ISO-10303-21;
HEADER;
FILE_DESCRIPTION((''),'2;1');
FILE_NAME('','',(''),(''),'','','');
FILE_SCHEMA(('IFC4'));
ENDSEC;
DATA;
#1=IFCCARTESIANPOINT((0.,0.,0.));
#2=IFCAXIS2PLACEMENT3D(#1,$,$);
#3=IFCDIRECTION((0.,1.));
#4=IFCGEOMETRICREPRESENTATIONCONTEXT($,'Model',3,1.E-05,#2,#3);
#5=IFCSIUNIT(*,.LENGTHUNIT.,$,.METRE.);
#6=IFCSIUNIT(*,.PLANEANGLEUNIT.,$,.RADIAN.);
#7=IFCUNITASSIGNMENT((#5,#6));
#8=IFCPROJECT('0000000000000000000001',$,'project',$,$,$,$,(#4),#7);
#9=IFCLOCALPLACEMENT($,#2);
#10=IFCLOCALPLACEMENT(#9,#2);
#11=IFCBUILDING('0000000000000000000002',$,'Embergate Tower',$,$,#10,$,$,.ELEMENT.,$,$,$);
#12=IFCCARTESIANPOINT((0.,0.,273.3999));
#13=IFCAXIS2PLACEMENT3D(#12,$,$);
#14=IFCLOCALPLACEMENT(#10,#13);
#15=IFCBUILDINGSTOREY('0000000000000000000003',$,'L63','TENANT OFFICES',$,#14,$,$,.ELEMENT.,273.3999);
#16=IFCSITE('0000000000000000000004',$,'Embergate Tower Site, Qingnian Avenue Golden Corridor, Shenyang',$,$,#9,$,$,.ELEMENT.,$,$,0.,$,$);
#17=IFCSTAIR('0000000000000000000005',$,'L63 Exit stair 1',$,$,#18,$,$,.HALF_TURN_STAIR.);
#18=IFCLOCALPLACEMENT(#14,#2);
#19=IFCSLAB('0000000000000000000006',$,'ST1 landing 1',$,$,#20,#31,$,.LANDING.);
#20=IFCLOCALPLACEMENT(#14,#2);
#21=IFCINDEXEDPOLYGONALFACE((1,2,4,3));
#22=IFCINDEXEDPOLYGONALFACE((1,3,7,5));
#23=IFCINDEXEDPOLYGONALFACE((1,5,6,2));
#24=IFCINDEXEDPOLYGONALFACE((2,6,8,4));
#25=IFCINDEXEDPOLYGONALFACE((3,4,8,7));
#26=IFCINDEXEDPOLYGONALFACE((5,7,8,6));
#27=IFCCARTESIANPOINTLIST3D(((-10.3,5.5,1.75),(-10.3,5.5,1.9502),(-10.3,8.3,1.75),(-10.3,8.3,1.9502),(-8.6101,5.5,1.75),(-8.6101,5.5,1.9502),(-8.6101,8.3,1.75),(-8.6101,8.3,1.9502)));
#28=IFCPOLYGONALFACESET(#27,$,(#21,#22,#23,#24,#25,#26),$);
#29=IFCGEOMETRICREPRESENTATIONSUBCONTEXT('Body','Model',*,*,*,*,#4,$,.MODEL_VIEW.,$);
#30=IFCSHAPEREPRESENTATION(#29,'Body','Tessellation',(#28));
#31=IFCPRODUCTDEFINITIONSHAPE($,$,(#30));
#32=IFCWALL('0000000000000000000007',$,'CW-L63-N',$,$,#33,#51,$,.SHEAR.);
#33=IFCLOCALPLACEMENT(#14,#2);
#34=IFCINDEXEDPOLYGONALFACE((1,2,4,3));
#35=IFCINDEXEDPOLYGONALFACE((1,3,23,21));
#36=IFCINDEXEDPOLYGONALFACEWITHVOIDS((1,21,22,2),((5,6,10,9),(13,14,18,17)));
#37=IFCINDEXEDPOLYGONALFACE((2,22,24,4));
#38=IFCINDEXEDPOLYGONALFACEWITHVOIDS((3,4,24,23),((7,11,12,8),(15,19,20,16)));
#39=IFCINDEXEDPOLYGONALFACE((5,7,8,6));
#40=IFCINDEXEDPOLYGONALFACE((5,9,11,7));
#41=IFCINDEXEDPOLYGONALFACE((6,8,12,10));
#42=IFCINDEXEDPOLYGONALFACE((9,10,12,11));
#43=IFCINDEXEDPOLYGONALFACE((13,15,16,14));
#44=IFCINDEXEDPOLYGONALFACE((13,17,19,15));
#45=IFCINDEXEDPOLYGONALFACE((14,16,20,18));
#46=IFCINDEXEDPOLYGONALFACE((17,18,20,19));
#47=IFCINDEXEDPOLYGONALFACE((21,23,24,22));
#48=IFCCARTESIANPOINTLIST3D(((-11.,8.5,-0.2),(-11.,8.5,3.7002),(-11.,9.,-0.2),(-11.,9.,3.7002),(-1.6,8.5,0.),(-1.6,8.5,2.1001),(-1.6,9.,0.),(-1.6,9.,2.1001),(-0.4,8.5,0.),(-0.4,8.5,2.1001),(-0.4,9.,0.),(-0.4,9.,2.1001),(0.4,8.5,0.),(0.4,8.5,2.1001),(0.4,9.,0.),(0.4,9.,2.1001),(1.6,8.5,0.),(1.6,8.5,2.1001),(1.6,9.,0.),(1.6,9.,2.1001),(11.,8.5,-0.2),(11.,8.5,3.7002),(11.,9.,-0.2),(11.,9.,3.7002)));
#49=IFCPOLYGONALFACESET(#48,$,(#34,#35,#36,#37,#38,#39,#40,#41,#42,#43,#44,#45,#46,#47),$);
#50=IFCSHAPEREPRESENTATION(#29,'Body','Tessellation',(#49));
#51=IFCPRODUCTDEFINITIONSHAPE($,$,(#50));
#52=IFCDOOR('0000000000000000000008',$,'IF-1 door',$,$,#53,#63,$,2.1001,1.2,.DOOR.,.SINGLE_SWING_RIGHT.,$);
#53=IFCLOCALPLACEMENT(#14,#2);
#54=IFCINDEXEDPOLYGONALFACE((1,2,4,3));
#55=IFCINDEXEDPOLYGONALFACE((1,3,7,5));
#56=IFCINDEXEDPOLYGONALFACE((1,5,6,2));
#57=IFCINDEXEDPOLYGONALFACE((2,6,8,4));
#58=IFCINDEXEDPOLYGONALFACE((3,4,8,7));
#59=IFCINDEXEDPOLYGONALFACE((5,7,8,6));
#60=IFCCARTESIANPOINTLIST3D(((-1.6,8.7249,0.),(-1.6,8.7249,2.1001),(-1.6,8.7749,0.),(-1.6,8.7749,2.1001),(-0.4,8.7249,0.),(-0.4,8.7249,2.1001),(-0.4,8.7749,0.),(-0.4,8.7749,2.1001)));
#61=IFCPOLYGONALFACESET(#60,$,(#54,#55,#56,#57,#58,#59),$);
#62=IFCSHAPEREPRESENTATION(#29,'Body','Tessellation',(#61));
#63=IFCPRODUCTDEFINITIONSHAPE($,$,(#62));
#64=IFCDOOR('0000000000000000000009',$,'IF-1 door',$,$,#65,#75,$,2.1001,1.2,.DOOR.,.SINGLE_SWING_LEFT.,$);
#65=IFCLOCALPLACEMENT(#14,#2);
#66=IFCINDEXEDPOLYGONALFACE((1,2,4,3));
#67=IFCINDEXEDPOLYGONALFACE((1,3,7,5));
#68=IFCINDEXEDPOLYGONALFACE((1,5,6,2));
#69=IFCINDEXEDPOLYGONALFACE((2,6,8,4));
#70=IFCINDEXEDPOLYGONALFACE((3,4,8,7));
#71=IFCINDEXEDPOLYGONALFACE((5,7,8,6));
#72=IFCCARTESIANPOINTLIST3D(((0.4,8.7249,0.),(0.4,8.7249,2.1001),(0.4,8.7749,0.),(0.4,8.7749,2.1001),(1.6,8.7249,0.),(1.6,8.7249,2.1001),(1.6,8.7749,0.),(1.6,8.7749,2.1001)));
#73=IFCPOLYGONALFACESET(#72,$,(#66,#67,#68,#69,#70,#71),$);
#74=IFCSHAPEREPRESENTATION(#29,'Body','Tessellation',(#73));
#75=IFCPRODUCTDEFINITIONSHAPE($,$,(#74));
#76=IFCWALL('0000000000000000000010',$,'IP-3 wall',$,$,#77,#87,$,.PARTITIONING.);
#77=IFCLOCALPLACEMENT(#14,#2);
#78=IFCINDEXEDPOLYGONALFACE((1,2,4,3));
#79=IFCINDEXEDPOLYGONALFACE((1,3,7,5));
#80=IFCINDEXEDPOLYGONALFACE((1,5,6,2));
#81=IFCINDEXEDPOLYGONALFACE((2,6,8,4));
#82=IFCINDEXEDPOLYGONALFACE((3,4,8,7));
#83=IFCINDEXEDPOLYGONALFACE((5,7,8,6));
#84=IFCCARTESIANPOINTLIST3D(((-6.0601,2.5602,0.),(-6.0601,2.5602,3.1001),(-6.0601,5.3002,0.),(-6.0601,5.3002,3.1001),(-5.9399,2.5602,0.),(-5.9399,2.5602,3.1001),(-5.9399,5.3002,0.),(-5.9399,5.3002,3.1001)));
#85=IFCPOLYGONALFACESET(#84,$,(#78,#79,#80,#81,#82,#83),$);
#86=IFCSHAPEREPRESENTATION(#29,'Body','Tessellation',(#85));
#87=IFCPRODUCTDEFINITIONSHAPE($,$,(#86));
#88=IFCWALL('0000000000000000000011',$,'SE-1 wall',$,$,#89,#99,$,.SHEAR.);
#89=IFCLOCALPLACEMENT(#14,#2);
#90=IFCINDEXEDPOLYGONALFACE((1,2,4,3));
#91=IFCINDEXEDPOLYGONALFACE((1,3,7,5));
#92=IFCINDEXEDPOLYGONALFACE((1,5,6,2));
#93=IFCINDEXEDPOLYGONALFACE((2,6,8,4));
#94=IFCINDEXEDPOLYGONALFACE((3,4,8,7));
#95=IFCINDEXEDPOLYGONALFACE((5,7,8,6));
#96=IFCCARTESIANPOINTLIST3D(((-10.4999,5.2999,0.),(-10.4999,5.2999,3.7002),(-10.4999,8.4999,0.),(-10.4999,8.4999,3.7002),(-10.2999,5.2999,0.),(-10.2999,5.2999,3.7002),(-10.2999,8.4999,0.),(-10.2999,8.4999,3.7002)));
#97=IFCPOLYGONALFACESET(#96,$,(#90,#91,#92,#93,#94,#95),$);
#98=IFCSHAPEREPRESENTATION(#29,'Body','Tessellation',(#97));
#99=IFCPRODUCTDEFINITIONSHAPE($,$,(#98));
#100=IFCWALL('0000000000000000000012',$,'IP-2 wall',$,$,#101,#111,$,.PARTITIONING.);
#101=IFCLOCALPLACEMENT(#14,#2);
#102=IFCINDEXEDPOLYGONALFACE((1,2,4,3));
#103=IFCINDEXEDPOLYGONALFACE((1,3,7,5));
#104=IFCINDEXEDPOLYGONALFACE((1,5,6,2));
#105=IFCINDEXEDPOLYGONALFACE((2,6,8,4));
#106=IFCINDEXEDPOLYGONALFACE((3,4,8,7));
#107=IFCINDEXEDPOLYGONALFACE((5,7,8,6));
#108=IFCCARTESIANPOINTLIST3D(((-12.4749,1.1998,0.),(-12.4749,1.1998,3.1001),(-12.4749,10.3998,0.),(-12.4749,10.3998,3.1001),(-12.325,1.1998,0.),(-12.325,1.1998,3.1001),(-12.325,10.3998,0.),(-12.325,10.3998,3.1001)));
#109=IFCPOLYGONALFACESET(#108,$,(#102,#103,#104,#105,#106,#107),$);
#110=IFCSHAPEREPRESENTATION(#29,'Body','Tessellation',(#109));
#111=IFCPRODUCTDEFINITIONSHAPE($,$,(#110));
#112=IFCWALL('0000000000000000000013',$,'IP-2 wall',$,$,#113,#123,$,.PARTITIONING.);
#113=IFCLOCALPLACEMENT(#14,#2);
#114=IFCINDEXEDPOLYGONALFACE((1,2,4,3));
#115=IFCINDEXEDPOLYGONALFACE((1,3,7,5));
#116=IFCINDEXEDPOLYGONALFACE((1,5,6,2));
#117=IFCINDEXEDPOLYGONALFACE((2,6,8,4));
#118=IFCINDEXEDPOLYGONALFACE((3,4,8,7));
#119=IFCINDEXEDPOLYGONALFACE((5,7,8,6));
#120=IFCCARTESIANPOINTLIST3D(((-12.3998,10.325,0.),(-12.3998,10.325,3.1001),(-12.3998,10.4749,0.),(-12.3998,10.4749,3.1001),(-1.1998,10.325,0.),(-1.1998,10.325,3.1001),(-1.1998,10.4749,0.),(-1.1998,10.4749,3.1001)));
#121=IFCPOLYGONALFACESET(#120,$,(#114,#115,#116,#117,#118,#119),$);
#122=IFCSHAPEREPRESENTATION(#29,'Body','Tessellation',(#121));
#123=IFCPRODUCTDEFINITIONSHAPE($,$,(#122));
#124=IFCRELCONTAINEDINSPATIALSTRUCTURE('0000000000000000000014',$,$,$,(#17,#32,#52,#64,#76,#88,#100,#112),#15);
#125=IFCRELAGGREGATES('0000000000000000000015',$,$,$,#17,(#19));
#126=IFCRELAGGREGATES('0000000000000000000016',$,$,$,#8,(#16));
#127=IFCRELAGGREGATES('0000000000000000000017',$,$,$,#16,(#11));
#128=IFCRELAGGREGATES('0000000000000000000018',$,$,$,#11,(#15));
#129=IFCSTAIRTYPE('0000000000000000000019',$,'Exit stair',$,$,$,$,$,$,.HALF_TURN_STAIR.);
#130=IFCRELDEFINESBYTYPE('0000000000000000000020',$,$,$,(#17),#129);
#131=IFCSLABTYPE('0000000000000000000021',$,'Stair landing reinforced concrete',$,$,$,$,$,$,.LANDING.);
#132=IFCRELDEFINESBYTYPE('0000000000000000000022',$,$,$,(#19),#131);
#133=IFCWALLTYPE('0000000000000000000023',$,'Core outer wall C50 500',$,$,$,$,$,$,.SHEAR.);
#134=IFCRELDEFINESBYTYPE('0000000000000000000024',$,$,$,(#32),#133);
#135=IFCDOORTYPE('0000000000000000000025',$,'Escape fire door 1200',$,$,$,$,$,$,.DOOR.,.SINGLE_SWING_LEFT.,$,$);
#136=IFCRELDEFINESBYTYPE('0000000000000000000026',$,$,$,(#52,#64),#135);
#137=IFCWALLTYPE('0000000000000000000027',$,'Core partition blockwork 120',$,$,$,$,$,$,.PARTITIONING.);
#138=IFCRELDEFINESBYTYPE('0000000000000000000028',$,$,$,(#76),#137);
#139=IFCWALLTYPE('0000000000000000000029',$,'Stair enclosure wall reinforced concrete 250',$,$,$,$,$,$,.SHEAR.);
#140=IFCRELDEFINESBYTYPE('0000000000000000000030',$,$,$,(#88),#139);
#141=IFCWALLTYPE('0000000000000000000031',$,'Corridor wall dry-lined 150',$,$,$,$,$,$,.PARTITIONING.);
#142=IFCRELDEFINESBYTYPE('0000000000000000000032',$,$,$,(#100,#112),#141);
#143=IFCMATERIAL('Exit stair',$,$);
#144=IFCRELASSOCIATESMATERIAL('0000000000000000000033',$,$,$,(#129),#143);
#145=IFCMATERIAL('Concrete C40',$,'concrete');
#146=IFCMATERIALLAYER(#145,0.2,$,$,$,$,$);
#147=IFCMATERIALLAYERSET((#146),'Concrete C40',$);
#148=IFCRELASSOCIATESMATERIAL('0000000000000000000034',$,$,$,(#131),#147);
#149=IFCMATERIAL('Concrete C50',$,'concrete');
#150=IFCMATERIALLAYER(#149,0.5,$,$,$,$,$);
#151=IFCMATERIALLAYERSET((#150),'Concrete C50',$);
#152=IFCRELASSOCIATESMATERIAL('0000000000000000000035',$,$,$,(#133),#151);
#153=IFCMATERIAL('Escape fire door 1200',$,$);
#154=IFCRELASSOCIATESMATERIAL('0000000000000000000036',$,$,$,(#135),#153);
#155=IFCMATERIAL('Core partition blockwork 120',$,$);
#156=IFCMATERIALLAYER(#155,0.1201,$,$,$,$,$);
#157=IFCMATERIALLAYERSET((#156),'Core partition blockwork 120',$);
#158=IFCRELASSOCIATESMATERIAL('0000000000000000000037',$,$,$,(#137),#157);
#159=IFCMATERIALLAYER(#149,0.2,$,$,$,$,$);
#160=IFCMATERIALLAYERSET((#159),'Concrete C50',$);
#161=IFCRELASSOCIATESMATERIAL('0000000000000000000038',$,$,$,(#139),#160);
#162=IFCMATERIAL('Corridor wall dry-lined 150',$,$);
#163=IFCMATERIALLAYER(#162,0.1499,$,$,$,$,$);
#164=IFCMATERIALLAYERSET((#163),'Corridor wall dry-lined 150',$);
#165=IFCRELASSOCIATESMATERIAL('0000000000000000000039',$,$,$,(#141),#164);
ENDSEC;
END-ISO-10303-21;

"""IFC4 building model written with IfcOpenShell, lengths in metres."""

from ifc_helpers import new_model, si_unit, direction, frame, frame_2d, origin, place, context, subcontext, project, spatial, polyline, rectangle, outline, extrude, source, transform, mapped, material, layer, layer_set, type_object, element, fill, aggregate, save


model = new_model("IFC4")

# Units and contexts
model_context = context("Model", 3, precision=1e-05, world=origin(), true_north=direction((0.0, 1.0)))
body_context = subcontext(model_context, "Body", "Model", "MODEL_VIEW")
ifc_project = project(units=[si_unit("LENGTHUNIT", "METRE"), si_unit("PLANEANGLEUNIT", "RADIAN")], contexts=[model_context])

# Site, building, storey
site_placement = place(None, origin())
site = spatial("IfcSite", under=ifc_project, at=site_placement, Name="Embergate Tower Site, Qingnian Avenue Golden Corridor, Shenyang", CompositionType="ELEMENT", RefElevation=0.0)
building_placement = place(site_placement, origin())
building = spatial("IfcBuilding", under=site, at=building_placement, Name="Embergate Tower", CompositionType="ELEMENT")
storey_placement = place(building_placement, frame((0.0, 0.0, 273.3999)))
storey = spatial("IfcBuildingStorey", under=building, at=storey_placement, Name="L63", Description="TENANT OFFICES", CompositionType="ELEMENT", Elevation=273.3999)

# Stair, slab
ifc_material_1 = material(Name="Exit stair")
stair_type = type_object("IfcStairType", Name="Exit stair", PredefinedType="HALF_TURN_STAIR", material=ifc_material_1)
stair_placement = place(storey_placement, origin())
stair = element("IfcStair", 1, at=stair_placement, inside=storey, type_object=stair_type, Name="L63 Exit stair 1", PredefinedType="HALF_TURN_STAIR")
ifc_material_2 = material(Name="Concrete C40", Category="concrete")
ifc_layer_1 = layer(ifc_material_2, 0.2)
ifc_layer_set_1 = layer_set([ifc_layer_1], Name="Concrete C40")
slab_type = type_object("IfcSlabType", Name="Stair landing reinforced concrete", PredefinedType="LANDING", material=ifc_layer_set_1)
shared_shape_1 = source(origin(), body_context, "Body", "SweptSolid", [
    extrude(outline(polyline([(0.0, 0.0), (1.6899, 0.0), (1.6899, 2.8), (0.0, 2.8), (0.0, 0.0)])), origin(), (0.0, 0.0, 1.0), 0.2002),
])
slab_placement = place(storey_placement, frame((-10.3, 5.5, 1.75)))
slab = element("IfcSlab", 2, at=slab_placement, type_object=slab_type, Name="ST1 landing 1", PredefinedType="LANDING", context=body_context, shape_type="MappedRepresentation", body=[
    mapped(shared_shape_1, transform((0.0, 0.0, 0.0))),
])

# Wall, openings, doors
ifc_material_3 = material(Name="Concrete C50", Category="concrete")
ifc_layer_2 = layer(ifc_material_3, 0.5)
ifc_layer_set_2 = layer_set([ifc_layer_2], Name="Concrete C50")
wall_type_1 = type_object("IfcWallType", Name="Core outer wall C50 500", PredefinedType="SHEAR", material=ifc_layer_set_2)
shared_shape_2 = source(origin(), body_context, "Body", "SweptSolid", [
    extrude(rectangle(XDim=22.0, YDim=0.5, at=frame_2d((11.0, 0.0))), origin(), (0.0, 0.0, 1.0), 3.9001),
])
wall_1_placement = place(storey_placement, frame((-11.0, 8.75, -0.2), z_axis=(0.0, 0.0, 1.0), x_axis=(1.0, 0.0, 0.0)))
wall_1 = element("IfcWall", 3, at=wall_1_placement, inside=storey, type_object=wall_type_1, Name="CW-L63-N", PredefinedType="SHEAR", context=body_context, shape_type="MappedRepresentation", body=[
    mapped(shared_shape_2, transform((0.0, 0.0, 0.0))),
])
shared_shape_3 = source(origin(), body_context, "Body", "SweptSolid", [
    extrude(rectangle(XDim=1.2, YDim=2.1001, at=frame_2d((0.6001, 1.05))), frame((0.0, 0.26, 0.0), z_axis=(0.0, -1.0, 0.0), x_axis=(1.0, 0.0, 0.0)), (0.0, 0.0, 1.0), 0.52),
])
opening_1_placement = place(wall_1_placement, frame((9.3999, 0.0, 0.2)))
opening_1 = element("IfcOpeningElement", 4, at=opening_1_placement, cuts=wall_1, PredefinedType="OPENING", context=body_context, shape_type="MappedRepresentation", body=[
    mapped(shared_shape_3, transform((0.0, 0.0, 0.0))),
])
opening_2_placement = place(wall_1_placement, frame((11.3999, 0.0, 0.2)))
opening_2 = element("IfcOpeningElement", 5, at=opening_2_placement, cuts=wall_1, PredefinedType="OPENING", context=body_context, shape_type="MappedRepresentation", body=[
    mapped(shared_shape_3, transform((0.0, 0.0, 0.0))),
])
ifc_material_4 = material(Name="Escape fire door 1200")
door_type_1 = type_object("IfcDoorType", Name="Escape fire door 1200", OperationType="SINGLE_SWING_LEFT", PredefinedType="DOOR", material=ifc_material_4)
shared_shape_4 = source(origin(), body_context, "Body", "SweptSolid", [
    extrude(rectangle(XDim=1.2, YDim=2.1001, at=frame_2d((0.6001, 1.05))), frame((0.0, 0.0249, 0.0), z_axis=(0.0, -1.0, 0.0), x_axis=(1.0, 0.0, 0.0)), (0.0, 0.0, 1.0), 0.05),
])
door_1_placement = place(opening_1_placement, origin())
door_1 = element("IfcDoor", 6, at=door_1_placement, inside=storey, type_object=door_type_1, Name="IF-1 door", OperationType="SINGLE_SWING_RIGHT", OverallHeight=2.1001, OverallWidth=1.2, PredefinedType="DOOR", context=body_context, shape_type="MappedRepresentation", body=[
    mapped(shared_shape_4, transform((0.0, 0.0, 0.0))),
])
fill(opening_1, door_1)
door_2_placement = place(opening_2_placement, origin())
door_2 = element("IfcDoor", 7, at=door_2_placement, inside=storey, type_object=door_type_1, Name="IF-1 door", OperationType="SINGLE_SWING_LEFT", OverallHeight=2.1001, OverallWidth=1.2, PredefinedType="DOOR", context=body_context, shape_type="MappedRepresentation", body=[
    mapped(shared_shape_4, transform((0.0, 0.0, 0.0))),
])
fill(opening_2, door_2)

# Walls
ifc_material_5 = material(Name="Core partition blockwork 120")
ifc_layer_3 = layer(ifc_material_5, 0.1201)
ifc_layer_set_3 = layer_set([ifc_layer_3], Name="Core partition blockwork 120")
wall_type_2 = type_object("IfcWallType", Name="Core partition blockwork 120", PredefinedType="PARTITIONING", material=ifc_layer_set_3)
shared_shape_5 = source(origin(), body_context, "Body", "SweptSolid", [
    extrude(rectangle(XDim=2.74, YDim=0.1201, at=frame_2d((1.3701, 0.0))), origin(), (0.0, 0.0, 1.0), 3.1001),
])
wall_2_placement = place(storey_placement, frame((-6.0, 2.5601, 0.0), z_axis=(0.0, 0.0, 1.0), x_axis=(0.0, 1.0, 0.0)))
element("IfcWall", 8, at=wall_2_placement, inside=storey, type_object=wall_type_2, Name="IP-3 wall", PredefinedType="PARTITIONING", context=body_context, shape_type="MappedRepresentation", body=[
    mapped(shared_shape_5, transform((0.0, 0.0, 0.0))),
])
ifc_layer_4 = layer(ifc_material_3, 0.2)
ifc_layer_set_4 = layer_set([ifc_layer_4], Name="Concrete C50")
wall_type_3 = type_object("IfcWallType", Name="Stair enclosure wall reinforced concrete 250", PredefinedType="SHEAR", material=ifc_layer_set_4)
shared_shape_6 = source(origin(), body_context, "Body", "SweptSolid", [
    extrude(rectangle(XDim=3.2, YDim=0.2, at=frame_2d((1.6001, 0.0))), origin(), (0.0, 0.0, 1.0), 3.7002),
])
wall_3_placement = place(storey_placement, frame((-10.3999, 8.5, 0.0), z_axis=(0.0, 0.0, 1.0), x_axis=(0.0, -1.0, 0.0)))
element("IfcWall", 9, at=wall_3_placement, inside=storey, type_object=wall_type_3, Name="SE-1 wall", PredefinedType="SHEAR", context=body_context, shape_type="MappedRepresentation", body=[
    mapped(shared_shape_6, transform((0.0, 0.0, 0.0))),
])
ifc_material_6 = material(Name="Corridor wall dry-lined 150")
ifc_layer_5 = layer(ifc_material_6, 0.1499)
ifc_layer_set_5 = layer_set([ifc_layer_5], Name="Corridor wall dry-lined 150")
wall_type_4 = type_object("IfcWallType", Name="Corridor wall dry-lined 150", PredefinedType="PARTITIONING", material=ifc_layer_set_5)
shared_shape_7 = source(origin(), body_context, "Body", "SweptSolid", [
    extrude(rectangle(XDim=9.2, YDim=0.1499, at=frame_2d((4.6001, 0.0))), origin(), (0.0, 0.0, 1.0), 3.1001),
])
wall_4_placement = place(storey_placement, frame((-12.3999, 10.3999, 0.0), z_axis=(0.0, 0.0, 1.0), x_axis=(0.0, -1.0, 0.0)))
element("IfcWall", 10, at=wall_4_placement, inside=storey, type_object=wall_type_4, Name="IP-2 wall", PredefinedType="PARTITIONING", context=body_context, shape_type="MappedRepresentation", body=[
    mapped(shared_shape_7, transform((0.0, 0.0, 0.0))),
])
shared_shape_8 = source(origin(), body_context, "Body", "SweptSolid", [
    extrude(rectangle(XDim=11.2, YDim=0.1499, at=frame_2d((5.6001, 0.0))), origin(), (0.0, 0.0, 1.0), 3.1001),
])
wall_5_placement = place(storey_placement, frame((-12.3999, 10.3999, 0.0), z_axis=(0.0, 0.0, 1.0), x_axis=(1.0, 0.0, 0.0)))
element("IfcWall", 11, at=wall_5_placement, inside=storey, type_object=wall_type_4, Name="IP-2 wall", PredefinedType="PARTITIONING", context=body_context, shape_type="MappedRepresentation", body=[
    mapped(shared_shape_8, transform((0.0, 0.0, 0.0))),
])

aggregate(stair, [slab])

save(model, "model.ifc")
